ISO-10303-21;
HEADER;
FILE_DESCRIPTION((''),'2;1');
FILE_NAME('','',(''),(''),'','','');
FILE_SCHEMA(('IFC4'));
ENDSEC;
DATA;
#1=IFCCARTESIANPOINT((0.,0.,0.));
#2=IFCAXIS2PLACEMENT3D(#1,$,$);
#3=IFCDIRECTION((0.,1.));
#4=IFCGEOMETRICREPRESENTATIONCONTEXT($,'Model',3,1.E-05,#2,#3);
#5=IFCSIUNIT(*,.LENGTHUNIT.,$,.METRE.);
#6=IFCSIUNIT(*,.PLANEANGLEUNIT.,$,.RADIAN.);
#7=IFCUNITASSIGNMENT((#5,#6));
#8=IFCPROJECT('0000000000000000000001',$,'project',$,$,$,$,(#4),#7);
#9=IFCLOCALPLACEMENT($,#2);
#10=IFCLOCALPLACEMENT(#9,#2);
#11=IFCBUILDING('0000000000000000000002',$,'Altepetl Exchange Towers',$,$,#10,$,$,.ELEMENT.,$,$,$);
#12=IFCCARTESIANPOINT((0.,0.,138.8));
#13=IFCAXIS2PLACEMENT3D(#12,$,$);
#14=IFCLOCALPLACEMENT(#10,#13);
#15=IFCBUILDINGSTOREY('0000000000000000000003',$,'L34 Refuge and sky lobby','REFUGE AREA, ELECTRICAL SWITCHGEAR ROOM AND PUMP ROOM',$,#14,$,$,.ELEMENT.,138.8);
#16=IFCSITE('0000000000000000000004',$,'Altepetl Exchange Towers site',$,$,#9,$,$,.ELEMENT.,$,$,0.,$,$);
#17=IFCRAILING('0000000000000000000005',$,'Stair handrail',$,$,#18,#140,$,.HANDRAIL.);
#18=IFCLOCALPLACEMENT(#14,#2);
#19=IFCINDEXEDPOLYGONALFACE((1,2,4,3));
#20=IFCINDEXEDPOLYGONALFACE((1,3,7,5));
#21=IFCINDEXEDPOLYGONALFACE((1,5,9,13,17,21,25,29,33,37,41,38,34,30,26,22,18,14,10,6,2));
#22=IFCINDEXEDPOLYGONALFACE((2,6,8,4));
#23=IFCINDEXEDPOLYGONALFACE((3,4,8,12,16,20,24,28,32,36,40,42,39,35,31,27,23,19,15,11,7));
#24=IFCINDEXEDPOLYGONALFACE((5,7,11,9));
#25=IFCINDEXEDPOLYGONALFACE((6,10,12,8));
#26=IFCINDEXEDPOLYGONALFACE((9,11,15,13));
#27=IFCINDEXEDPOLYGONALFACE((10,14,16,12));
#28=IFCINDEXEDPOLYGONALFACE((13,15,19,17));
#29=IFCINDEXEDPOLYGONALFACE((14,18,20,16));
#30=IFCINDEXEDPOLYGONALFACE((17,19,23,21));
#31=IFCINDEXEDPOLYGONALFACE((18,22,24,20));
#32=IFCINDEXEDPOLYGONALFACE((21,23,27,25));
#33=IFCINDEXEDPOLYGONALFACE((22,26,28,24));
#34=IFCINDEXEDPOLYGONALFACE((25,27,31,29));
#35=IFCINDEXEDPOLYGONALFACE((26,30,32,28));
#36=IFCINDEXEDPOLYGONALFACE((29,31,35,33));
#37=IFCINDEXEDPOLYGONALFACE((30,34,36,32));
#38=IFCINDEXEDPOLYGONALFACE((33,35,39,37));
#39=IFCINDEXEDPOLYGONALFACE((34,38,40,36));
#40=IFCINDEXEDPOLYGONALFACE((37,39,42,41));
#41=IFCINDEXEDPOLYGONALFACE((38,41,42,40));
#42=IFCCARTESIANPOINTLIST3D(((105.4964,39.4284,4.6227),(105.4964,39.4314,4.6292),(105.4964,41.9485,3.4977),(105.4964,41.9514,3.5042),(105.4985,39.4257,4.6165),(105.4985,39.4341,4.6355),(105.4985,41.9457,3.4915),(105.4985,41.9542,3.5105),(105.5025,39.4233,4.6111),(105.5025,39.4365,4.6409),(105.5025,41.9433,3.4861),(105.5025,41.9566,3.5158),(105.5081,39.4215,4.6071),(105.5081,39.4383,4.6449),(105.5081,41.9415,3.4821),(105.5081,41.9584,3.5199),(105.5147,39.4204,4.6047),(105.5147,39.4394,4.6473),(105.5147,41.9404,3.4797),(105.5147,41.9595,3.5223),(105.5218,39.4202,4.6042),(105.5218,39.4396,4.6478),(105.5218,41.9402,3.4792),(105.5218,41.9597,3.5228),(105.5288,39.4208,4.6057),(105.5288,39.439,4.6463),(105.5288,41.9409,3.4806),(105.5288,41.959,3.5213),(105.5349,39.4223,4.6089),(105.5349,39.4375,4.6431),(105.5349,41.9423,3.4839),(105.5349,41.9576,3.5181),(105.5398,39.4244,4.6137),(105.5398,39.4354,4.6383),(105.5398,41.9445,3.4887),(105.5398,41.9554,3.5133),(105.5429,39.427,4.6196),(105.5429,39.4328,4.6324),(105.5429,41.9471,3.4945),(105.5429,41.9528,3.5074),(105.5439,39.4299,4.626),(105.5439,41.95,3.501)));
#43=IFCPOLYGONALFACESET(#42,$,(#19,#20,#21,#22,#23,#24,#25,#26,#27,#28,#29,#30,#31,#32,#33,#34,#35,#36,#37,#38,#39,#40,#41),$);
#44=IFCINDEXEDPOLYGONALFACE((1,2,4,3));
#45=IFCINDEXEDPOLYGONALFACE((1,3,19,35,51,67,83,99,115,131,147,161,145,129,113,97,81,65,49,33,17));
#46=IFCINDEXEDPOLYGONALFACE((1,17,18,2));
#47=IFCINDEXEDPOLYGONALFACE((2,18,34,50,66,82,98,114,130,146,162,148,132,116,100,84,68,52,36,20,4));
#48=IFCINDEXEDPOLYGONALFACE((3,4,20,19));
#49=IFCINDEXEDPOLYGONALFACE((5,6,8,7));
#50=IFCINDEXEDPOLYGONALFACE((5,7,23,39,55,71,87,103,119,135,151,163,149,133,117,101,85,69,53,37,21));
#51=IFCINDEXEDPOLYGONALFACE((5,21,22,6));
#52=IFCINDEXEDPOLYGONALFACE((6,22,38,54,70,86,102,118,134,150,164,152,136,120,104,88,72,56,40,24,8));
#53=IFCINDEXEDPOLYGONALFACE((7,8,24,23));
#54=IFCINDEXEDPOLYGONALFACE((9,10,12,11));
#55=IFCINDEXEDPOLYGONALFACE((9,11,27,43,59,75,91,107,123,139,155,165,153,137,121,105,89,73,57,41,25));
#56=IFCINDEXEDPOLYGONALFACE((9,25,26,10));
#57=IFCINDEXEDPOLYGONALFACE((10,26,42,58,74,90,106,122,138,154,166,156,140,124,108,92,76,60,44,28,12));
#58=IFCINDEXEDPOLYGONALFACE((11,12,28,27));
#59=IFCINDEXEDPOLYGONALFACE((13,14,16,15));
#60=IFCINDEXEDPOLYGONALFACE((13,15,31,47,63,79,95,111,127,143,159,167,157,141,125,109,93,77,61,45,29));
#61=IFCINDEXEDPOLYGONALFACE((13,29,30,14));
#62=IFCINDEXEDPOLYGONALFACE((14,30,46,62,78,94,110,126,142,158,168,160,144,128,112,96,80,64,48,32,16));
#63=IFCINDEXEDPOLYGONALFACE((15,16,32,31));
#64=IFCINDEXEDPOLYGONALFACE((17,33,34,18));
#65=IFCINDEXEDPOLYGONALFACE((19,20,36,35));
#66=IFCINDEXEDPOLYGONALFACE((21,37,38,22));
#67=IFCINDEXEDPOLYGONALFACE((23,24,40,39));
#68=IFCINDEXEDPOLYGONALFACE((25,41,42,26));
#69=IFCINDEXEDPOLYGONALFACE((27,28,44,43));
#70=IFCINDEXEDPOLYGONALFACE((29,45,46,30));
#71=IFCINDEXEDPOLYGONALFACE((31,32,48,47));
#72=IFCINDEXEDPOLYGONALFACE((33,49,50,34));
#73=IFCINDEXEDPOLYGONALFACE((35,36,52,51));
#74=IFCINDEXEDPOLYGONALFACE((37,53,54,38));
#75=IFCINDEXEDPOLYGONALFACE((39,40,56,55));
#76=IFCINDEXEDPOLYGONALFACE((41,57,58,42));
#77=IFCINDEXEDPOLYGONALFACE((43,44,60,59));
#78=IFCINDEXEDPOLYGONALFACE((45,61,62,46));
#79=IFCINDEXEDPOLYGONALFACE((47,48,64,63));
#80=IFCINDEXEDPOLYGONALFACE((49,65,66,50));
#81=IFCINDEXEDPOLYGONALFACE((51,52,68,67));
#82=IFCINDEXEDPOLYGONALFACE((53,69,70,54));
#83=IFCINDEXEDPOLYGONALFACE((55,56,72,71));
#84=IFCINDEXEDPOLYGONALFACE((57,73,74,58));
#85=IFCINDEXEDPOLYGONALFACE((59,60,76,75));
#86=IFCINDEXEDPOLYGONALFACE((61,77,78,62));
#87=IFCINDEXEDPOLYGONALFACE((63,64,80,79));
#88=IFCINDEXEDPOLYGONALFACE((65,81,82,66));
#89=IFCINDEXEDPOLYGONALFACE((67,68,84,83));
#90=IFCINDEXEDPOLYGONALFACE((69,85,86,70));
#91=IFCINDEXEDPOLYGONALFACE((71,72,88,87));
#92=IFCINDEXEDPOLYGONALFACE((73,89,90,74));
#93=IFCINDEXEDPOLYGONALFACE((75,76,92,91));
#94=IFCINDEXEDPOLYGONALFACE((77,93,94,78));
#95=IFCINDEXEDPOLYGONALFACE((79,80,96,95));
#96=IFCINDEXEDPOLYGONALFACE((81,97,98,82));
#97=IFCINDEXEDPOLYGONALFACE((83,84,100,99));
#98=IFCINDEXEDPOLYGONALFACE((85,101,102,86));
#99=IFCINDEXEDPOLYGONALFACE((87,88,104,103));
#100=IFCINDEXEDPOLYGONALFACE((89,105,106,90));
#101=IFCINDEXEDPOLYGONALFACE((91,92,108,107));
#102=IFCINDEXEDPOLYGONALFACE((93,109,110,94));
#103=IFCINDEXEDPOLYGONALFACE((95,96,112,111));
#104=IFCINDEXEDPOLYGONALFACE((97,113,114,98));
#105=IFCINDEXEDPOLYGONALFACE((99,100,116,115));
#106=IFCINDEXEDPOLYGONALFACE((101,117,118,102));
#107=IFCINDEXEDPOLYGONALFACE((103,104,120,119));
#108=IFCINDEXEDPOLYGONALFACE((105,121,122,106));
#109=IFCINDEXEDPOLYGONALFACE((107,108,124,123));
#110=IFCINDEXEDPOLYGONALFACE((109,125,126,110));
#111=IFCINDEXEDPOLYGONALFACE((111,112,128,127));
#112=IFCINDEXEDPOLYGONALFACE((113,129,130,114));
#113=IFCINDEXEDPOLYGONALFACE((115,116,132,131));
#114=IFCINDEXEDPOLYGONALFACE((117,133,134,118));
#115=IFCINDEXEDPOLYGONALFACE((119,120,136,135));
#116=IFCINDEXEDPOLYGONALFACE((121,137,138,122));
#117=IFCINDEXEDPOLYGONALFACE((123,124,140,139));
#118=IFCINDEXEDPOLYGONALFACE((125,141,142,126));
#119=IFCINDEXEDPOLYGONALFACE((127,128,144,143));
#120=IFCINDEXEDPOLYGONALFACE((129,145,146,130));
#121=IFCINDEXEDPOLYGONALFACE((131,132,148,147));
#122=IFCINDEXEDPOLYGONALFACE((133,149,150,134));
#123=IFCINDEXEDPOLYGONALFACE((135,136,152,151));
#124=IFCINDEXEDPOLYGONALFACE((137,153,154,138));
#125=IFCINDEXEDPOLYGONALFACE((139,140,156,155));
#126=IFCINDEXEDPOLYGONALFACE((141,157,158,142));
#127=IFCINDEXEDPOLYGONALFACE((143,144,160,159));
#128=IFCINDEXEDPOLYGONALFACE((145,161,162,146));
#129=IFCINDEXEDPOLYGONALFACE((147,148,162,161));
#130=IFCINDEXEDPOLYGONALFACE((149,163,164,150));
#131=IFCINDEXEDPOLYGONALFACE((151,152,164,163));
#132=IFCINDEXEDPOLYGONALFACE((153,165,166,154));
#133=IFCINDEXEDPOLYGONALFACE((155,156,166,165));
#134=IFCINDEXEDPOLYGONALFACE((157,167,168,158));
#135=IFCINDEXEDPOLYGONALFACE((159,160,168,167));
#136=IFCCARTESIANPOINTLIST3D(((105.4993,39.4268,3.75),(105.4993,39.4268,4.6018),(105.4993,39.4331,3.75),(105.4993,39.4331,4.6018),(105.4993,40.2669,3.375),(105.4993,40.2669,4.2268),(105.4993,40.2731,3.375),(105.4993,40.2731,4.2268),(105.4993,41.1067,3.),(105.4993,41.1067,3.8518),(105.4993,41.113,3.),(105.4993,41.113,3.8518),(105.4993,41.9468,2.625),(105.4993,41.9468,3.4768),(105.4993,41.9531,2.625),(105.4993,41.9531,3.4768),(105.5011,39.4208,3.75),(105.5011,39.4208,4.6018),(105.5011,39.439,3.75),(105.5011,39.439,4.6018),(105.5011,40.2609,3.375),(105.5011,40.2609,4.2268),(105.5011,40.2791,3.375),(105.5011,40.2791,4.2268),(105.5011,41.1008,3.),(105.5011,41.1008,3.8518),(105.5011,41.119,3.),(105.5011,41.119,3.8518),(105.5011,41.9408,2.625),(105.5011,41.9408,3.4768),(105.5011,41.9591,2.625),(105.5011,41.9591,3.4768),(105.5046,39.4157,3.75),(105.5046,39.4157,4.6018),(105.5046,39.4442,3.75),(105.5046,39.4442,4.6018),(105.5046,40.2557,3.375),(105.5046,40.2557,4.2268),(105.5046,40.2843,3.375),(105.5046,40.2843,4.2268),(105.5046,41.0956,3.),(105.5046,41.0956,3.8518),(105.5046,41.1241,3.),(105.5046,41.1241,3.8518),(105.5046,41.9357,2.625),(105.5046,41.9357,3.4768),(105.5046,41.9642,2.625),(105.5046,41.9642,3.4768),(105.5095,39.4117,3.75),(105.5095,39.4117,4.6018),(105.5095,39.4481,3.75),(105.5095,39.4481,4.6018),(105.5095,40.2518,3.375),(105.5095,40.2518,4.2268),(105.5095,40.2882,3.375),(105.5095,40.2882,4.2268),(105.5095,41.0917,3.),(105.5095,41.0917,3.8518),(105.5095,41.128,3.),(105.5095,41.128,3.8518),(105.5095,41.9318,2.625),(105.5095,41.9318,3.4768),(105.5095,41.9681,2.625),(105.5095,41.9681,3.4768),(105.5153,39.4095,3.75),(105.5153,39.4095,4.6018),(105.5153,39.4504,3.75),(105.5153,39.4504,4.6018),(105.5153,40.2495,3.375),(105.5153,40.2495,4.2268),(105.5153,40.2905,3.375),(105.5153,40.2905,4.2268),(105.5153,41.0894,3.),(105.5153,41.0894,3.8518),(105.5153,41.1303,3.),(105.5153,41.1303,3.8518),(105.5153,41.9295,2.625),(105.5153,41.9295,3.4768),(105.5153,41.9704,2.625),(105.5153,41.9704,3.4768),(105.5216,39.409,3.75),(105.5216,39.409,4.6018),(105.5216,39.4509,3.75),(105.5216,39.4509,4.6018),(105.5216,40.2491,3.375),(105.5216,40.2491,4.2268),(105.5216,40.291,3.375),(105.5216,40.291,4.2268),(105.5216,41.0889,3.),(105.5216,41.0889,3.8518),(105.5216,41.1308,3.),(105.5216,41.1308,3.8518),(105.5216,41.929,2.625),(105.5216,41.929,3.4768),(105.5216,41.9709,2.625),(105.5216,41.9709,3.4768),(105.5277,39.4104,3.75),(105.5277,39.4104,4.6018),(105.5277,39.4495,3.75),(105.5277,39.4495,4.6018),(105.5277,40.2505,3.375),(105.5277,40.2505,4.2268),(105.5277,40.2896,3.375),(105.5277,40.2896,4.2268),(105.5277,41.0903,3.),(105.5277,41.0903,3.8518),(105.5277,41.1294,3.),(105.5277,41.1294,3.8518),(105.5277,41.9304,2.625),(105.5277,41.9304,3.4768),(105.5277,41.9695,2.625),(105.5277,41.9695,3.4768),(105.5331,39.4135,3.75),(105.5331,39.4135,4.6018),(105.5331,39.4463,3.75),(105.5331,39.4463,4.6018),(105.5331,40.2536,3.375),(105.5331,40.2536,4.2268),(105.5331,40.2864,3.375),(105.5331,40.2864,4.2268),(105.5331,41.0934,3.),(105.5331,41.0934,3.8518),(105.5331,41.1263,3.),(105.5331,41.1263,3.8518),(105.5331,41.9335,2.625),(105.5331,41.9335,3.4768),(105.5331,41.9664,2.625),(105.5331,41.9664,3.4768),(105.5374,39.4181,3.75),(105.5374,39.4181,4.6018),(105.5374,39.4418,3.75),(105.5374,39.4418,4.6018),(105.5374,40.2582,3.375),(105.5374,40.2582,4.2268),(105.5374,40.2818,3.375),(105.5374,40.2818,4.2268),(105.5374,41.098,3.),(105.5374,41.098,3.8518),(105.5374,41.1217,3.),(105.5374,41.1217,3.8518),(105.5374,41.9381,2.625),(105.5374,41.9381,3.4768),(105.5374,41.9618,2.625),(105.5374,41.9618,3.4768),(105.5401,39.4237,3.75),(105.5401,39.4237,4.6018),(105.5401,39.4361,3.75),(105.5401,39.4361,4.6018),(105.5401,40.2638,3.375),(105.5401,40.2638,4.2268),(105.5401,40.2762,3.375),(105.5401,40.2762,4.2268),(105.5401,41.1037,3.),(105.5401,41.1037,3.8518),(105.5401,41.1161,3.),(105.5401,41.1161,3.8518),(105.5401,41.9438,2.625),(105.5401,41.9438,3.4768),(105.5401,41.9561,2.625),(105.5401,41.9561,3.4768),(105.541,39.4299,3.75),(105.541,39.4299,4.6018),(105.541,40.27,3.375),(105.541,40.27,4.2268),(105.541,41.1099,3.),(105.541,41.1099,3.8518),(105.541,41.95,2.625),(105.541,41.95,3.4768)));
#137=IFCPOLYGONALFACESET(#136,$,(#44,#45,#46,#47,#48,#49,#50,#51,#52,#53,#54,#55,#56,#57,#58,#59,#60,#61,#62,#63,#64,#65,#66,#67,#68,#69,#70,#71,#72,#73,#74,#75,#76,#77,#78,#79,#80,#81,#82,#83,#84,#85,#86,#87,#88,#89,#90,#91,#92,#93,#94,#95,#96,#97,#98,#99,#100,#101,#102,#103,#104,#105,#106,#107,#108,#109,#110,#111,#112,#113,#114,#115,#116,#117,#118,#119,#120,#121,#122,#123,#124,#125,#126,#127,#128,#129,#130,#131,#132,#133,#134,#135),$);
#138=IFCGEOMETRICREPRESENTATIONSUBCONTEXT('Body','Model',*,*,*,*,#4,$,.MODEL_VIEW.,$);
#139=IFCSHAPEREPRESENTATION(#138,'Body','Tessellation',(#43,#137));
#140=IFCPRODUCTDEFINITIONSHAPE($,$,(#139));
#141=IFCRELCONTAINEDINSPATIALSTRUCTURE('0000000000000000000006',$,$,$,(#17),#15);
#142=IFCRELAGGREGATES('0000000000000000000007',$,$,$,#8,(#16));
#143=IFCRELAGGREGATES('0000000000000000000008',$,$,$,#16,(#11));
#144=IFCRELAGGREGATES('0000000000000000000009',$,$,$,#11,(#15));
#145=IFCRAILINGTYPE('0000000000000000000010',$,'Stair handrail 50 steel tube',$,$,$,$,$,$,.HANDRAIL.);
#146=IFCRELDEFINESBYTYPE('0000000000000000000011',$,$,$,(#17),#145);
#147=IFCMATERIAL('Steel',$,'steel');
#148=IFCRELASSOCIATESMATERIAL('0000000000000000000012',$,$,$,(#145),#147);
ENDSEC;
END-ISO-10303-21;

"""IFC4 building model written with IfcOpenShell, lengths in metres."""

from ifc_helpers import new_model, si_unit, direction, frame, origin, origin_2d, place, context, subcontext, project, spatial, circle, extrude, source, transform, mapped, material, type_object, element, save


model = new_model("IFC4")

# Units and contexts
model_context = context("Model", 3, precision=1e-05, world=origin(), true_north=direction((0.0, 1.0)))
body_context = subcontext(model_context, "Body", "Model", "MODEL_VIEW")
ifc_project = project(units=[si_unit("LENGTHUNIT", "METRE"), si_unit("PLANEANGLEUNIT", "RADIAN")], contexts=[model_context])

# Site, building, storey
site_placement = place(None, origin())
site = spatial("IfcSite", under=ifc_project, at=site_placement, Name="Altepetl Exchange Towers site", CompositionType="ELEMENT", RefElevation=0.0)
building_placement = place(site_placement, origin())
building = spatial("IfcBuilding", under=site, at=building_placement, Name="Altepetl Exchange Towers", CompositionType="ELEMENT")
storey_placement = place(building_placement, frame((0.0, 0.0, 138.8)))
storey = spatial("IfcBuildingStorey", under=building, at=storey_placement, Name="L34 Refuge and sky lobby", Description="REFUGE AREA, ELECTRICAL SWITCHGEAR ROOM AND PUMP ROOM", CompositionType="ELEMENT", Elevation=138.8)

# Railing
ifc_material_1 = material(Name="Steel", Category="steel")
railing_type = type_object("IfcRailingType", Name="Stair handrail 50 steel tube", PredefinedType="HANDRAIL", material=ifc_material_1)
shared_shape = source(origin(), body_context, "Body", "SweptSolid", [
    extrude(circle(Radius=0.021, at=origin_2d()), origin(), (0.0, 0.0, 1.0), 0.8518),
])
railing_1_placement = place(storey_placement, frame((105.52, 41.95, 2.625)))
element("IfcRailing", 1, at=railing_1_placement, inside=storey, type_object=railing_type, Name="Stair handrail", PredefinedType="HANDRAIL", context=body_context, shape_type="SweptSolid", body=[
    extrude(circle(Radius=0.0239, at=origin_2d()), frame((0.0, 0.0, 0.876), z_axis=(0.0, -0.913139, 0.407648), x_axis=(1.0, 0.0, 0.0)), (0.0, 0.0, 1.0), 2.7598),
    mapped(shared_shape, transform((0.0, 0.0, 0.0))),
    mapped(shared_shape, transform((0.0, -0.8401, 0.375))),
    mapped(shared_shape, transform((0.0, -1.6799, 0.75))),
    mapped(shared_shape, transform((0.0, -2.52, 1.125))),
])

save(model, "model.ifc")
